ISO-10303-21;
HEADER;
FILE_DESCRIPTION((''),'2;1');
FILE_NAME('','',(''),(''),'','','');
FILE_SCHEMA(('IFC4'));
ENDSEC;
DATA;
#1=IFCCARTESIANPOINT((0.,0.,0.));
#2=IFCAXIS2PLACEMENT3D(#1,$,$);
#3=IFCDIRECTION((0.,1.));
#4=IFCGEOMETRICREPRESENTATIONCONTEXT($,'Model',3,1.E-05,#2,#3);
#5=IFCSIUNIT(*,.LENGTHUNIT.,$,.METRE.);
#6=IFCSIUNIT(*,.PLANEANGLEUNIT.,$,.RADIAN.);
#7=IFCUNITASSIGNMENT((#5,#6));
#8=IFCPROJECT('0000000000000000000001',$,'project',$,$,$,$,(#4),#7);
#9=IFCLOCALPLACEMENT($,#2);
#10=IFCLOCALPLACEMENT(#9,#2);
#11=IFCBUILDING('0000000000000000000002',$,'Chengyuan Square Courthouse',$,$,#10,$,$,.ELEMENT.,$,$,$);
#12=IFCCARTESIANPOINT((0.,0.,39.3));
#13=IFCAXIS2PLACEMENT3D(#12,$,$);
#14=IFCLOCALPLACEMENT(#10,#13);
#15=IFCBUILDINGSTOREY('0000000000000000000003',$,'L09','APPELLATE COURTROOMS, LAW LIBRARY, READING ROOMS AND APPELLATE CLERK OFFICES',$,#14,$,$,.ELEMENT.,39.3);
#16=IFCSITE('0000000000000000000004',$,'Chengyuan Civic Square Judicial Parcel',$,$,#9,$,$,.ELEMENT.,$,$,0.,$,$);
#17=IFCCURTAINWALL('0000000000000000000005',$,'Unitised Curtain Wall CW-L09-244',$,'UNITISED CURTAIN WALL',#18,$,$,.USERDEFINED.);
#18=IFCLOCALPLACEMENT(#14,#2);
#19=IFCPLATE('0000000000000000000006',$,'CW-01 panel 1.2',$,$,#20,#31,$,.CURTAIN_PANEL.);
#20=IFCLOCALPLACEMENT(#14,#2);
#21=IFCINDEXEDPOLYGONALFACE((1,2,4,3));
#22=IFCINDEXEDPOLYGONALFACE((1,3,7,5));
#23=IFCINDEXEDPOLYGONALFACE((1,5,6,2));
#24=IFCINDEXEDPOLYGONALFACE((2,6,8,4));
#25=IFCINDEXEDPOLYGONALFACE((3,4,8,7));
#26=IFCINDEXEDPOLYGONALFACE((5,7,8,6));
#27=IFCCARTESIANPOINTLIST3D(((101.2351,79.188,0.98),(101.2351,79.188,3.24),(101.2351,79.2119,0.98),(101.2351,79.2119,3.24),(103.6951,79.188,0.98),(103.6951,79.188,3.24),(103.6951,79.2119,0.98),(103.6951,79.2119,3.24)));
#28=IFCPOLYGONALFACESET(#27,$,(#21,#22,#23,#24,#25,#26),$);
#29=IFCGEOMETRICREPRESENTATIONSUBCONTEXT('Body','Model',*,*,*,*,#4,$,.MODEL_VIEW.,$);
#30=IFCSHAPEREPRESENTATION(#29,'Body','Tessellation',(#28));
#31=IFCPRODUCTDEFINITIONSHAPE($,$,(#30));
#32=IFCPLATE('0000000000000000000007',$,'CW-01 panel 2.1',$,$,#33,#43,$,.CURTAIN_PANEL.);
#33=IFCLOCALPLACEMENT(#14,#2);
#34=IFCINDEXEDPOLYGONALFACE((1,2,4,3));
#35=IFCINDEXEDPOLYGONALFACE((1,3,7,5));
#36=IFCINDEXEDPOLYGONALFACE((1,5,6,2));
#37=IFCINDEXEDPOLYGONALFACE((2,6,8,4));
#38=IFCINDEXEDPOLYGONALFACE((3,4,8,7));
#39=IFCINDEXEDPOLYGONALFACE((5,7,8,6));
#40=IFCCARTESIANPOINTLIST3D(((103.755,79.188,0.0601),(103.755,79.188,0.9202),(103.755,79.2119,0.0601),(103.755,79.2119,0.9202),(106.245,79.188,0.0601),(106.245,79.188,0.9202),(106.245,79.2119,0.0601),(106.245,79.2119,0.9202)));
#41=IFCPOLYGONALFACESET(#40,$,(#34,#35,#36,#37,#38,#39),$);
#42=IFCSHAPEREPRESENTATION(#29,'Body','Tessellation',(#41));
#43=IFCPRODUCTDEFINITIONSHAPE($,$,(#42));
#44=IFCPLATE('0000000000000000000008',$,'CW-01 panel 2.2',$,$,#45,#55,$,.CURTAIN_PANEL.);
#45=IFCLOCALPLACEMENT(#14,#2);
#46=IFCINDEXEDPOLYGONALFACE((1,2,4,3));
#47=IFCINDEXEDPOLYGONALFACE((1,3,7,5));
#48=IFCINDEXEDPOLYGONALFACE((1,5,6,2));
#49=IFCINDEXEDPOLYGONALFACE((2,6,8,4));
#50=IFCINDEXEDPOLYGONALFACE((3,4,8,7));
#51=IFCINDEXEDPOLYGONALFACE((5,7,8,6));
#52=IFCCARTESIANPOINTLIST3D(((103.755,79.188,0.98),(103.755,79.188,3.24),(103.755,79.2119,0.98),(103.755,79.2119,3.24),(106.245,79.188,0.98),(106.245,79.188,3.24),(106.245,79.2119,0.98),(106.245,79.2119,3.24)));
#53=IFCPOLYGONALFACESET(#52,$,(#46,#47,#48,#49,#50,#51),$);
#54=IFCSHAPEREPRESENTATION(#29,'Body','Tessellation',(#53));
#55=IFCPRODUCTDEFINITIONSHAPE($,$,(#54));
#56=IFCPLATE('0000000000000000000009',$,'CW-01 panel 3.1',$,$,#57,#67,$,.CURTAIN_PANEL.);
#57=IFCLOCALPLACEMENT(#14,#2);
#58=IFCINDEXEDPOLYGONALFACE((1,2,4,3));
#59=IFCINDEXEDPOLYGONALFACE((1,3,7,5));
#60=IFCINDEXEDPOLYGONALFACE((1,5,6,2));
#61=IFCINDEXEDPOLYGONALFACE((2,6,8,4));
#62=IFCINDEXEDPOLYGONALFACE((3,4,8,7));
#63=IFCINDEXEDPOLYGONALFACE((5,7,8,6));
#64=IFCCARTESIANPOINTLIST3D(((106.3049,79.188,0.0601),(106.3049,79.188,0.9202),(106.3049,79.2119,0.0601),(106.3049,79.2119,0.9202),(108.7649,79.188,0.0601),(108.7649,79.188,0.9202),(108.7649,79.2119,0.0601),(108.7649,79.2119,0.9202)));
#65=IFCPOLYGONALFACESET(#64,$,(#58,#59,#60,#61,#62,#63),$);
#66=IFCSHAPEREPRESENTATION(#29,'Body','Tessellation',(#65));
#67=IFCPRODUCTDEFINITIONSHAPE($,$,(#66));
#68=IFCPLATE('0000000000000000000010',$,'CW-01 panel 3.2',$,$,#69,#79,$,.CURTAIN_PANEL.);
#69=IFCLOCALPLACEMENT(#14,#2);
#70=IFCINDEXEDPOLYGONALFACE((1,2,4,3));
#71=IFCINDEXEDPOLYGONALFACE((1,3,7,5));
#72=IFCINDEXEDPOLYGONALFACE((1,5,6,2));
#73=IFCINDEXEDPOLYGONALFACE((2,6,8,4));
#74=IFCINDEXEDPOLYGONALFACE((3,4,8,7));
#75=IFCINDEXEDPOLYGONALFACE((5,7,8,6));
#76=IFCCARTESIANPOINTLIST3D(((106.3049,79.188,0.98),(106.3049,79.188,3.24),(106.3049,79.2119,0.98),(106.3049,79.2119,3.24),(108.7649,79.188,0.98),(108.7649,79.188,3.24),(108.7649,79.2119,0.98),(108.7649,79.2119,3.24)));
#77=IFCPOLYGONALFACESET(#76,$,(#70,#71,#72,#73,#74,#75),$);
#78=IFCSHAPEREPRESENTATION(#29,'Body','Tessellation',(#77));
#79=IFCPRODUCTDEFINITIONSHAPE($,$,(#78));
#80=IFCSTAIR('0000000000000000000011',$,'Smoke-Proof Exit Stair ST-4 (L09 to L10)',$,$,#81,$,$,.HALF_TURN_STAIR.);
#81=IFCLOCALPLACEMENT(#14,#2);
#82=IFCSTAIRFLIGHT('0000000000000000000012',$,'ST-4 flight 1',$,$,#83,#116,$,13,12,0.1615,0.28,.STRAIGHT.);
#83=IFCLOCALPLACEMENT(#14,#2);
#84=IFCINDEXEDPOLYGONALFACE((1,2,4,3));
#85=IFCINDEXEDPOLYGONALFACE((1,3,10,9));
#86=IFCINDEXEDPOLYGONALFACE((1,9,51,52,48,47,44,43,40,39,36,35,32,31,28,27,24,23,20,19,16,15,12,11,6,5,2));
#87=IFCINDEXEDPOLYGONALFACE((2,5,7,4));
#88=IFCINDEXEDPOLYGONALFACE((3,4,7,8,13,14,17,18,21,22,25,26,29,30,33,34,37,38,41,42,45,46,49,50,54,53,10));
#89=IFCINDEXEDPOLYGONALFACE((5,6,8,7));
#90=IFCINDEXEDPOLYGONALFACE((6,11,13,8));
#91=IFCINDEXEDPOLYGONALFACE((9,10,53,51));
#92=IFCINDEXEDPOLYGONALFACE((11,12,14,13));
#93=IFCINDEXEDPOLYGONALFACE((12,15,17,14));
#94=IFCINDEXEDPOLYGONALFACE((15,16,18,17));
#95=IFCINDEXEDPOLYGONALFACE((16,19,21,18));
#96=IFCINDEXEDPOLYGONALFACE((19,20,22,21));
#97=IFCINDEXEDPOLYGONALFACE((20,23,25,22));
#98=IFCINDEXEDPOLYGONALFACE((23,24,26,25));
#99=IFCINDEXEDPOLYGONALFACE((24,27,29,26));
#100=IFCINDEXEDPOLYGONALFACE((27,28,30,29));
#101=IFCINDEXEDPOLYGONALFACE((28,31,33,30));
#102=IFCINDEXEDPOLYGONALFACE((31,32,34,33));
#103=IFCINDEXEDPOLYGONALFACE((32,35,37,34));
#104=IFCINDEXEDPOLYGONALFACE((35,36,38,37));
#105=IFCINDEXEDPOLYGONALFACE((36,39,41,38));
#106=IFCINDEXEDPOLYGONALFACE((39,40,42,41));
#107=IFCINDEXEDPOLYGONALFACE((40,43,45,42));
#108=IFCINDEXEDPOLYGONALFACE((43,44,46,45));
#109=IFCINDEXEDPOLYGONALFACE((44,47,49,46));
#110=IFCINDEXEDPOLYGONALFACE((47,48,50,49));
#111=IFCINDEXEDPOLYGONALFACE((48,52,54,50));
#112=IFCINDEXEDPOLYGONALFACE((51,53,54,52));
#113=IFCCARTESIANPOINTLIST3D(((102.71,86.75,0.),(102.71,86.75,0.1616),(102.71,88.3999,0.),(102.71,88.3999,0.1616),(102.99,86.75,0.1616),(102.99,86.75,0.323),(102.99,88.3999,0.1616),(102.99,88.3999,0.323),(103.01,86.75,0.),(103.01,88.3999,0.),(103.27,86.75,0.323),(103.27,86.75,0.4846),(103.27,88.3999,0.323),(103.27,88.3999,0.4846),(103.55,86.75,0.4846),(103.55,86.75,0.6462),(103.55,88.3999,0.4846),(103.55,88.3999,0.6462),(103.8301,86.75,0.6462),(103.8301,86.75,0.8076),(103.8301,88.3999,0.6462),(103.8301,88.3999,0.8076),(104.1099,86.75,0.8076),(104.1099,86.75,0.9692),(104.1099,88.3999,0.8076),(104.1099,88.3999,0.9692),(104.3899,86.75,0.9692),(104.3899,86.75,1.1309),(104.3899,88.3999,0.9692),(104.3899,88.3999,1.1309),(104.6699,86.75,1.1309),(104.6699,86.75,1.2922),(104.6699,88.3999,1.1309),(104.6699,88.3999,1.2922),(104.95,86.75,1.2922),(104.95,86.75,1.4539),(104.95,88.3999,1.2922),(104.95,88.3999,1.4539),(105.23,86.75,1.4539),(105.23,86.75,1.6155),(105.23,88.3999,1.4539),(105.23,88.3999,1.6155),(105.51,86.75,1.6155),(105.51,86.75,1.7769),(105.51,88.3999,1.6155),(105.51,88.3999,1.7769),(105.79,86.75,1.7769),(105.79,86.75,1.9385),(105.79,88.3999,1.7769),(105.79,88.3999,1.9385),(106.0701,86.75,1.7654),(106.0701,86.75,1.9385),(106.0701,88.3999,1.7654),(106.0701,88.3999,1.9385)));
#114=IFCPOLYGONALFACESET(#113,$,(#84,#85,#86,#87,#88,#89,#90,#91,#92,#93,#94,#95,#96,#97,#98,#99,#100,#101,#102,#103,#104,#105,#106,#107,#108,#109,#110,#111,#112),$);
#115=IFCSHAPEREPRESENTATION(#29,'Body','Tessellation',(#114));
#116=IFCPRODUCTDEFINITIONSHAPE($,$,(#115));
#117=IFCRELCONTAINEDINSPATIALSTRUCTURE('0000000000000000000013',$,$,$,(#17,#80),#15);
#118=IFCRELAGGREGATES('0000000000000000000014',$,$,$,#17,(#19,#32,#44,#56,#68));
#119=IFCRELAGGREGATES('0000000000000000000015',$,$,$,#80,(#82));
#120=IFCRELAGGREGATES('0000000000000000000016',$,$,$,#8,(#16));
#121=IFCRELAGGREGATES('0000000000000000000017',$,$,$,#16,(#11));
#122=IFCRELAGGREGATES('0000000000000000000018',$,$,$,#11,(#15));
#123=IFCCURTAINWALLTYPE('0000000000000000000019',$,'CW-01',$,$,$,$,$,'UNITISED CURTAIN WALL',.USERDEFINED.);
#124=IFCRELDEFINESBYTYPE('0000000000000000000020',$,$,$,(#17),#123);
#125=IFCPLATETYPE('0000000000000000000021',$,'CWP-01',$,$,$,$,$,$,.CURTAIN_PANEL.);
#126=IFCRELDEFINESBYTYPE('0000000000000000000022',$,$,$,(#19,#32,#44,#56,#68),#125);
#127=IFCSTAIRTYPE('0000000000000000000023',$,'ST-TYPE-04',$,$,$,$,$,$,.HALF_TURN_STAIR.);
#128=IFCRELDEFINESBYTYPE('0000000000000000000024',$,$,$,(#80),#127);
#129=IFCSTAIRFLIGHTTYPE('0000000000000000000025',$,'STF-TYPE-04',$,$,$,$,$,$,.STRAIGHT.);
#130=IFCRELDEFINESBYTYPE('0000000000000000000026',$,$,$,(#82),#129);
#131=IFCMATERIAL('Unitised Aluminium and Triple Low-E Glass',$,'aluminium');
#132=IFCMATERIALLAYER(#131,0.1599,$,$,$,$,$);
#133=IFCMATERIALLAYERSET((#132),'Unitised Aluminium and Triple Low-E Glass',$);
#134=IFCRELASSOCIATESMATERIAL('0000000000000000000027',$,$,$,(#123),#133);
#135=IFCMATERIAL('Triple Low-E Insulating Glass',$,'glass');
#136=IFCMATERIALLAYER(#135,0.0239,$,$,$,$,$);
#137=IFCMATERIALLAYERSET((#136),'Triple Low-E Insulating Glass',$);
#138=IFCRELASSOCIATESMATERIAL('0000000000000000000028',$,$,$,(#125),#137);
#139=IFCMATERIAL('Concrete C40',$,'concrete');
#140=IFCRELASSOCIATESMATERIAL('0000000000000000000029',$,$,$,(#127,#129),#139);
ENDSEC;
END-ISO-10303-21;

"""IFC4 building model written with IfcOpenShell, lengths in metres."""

from ifc_helpers import new_model, si_unit, direction, frame, origin, origin_2d, place, context, subcontext, project, spatial, polyline, rectangle, outline, extrude, material, layer, layer_set, type_object, element, aggregate, save


model = new_model("IFC4")

# Units and contexts
model_context = context("Model", 3, precision=1e-05, world=origin(), true_north=direction((0.0, 1.0)))
body_context = subcontext(model_context, "Body", "Model", "MODEL_VIEW")
ifc_project = project(units=[si_unit("LENGTHUNIT", "METRE"), si_unit("PLANEANGLEUNIT", "RADIAN")], contexts=[model_context])

# Site, building, storey
site_placement = place(None, origin())
site = spatial("IfcSite", under=ifc_project, at=site_placement, Name="Chengyuan Civic Square Judicial Parcel", CompositionType="ELEMENT", RefElevation=0.0)
building_placement = place(site_placement, origin())
building = spatial("IfcBuilding", under=site, at=building_placement, Name="Chengyuan Square Courthouse", CompositionType="ELEMENT")
storey_placement = place(building_placement, frame((0.0, 0.0, 39.3)))
storey = spatial("IfcBuildingStorey", under=building, at=storey_placement, Name="L09", Description="APPELLATE COURTROOMS, LAW LIBRARY, READING ROOMS AND APPELLATE CLERK OFFICES", CompositionType="ELEMENT", Elevation=39.3)

# Curtain wall, plates
ifc_material_1 = material(Name="Unitised Aluminium and Triple Low-E Glass", Category="aluminium")
ifc_layer_1 = layer(ifc_material_1, 0.1599)
ifc_layer_set_1 = layer_set([ifc_layer_1], Name="Unitised Aluminium and Triple Low-E Glass")
curtain_wall_type = type_object("IfcCurtainWallType", Name="CW-01", ElementType="UNITISED CURTAIN WALL", PredefinedType="USERDEFINED", material=ifc_layer_set_1)
curtain_wall_placement = place(storey_placement, origin())
curtain_wall = element("IfcCurtainWall", 1, at=curtain_wall_placement, inside=storey, type_object=curtain_wall_type, Name="Unitised Curtain Wall CW-L09-244", ObjectType="UNITISED CURTAIN WALL", PredefinedType="USERDEFINED")
ifc_material_2 = material(Name="Triple Low-E Insulating Glass", Category="glass")
ifc_layer_2 = layer(ifc_material_2, 0.0239)
ifc_layer_set_2 = layer_set([ifc_layer_2], Name="Triple Low-E Insulating Glass")
plate_type = type_object("IfcPlateType", Name="CWP-01", PredefinedType="CURTAIN_PANEL", material=ifc_layer_set_2)
plate_1_placement = place(storey_placement, frame((102.4651, 79.2, 0.98), z_axis=(0.0, 0.0, 1.0), x_axis=(1.0, 0.0, 0.0)))
plate_1 = element("IfcPlate", 2, at=plate_1_placement, type_object=plate_type, Name="CW-01 panel 1.2", PredefinedType="CURTAIN_PANEL", context=body_context, shape_type="SweptSolid", body=[
    extrude(rectangle(XDim=2.46, YDim=0.0239, at=origin_2d()), origin(), (0.0, 0.0, 1.0), 2.26),
])
plate_2_placement = place(storey_placement, frame((105.0, 79.2, 0.0601), z_axis=(0.0, 0.0, 1.0), x_axis=(1.0, 0.0, 0.0)))
plate_2 = element("IfcPlate", 3, at=plate_2_placement, type_object=plate_type, Name="CW-01 panel 2.1", PredefinedType="CURTAIN_PANEL", context=body_context, shape_type="SweptSolid", body=[
    extrude(rectangle(XDim=2.49, YDim=0.0239, at=origin_2d()), origin(), (0.0, 0.0, 1.0), 0.8601),
])
plate_3_placement = place(storey_placement, frame((105.0, 79.2, 0.98), z_axis=(0.0, 0.0, 1.0), x_axis=(1.0, 0.0, 0.0)))
plate_3 = element("IfcPlate", 4, at=plate_3_placement, type_object=plate_type, Name="CW-01 panel 2.2", PredefinedType="CURTAIN_PANEL", context=body_context, shape_type="SweptSolid", body=[
    extrude(rectangle(XDim=2.49, YDim=0.0239, at=origin_2d()), origin(), (0.0, 0.0, 1.0), 2.26),
])
plate_4_placement = place(storey_placement, frame((107.5349, 79.2, 0.0601), z_axis=(0.0, 0.0, 1.0), x_axis=(1.0, 0.0, 0.0)))
plate_4 = element("IfcPlate", 5, at=plate_4_placement, type_object=plate_type, Name="CW-01 panel 3.1", PredefinedType="CURTAIN_PANEL", context=body_context, shape_type="SweptSolid", body=[
    extrude(rectangle(XDim=2.46, YDim=0.0239, at=origin_2d()), origin(), (0.0, 0.0, 1.0), 0.8601),
])
plate_5_placement = place(storey_placement, frame((107.5349, 79.2, 0.98), z_axis=(0.0, 0.0, 1.0), x_axis=(1.0, 0.0, 0.0)))
plate_5 = element("IfcPlate", 6, at=plate_5_placement, type_object=plate_type, Name="CW-01 panel 3.2", PredefinedType="CURTAIN_PANEL", context=body_context, shape_type="SweptSolid", body=[
    extrude(rectangle(XDim=2.46, YDim=0.0239, at=origin_2d()), origin(), (0.0, 0.0, 1.0), 2.26),
])
aggregate(curtain_wall, [plate_1, plate_2, plate_3, plate_4, plate_5])

# Stair, stair flight
ifc_material_3 = material(Name="Concrete C40", Category="concrete")
stair_type = type_object("IfcStairType", Name="ST-TYPE-04", PredefinedType="HALF_TURN_STAIR", material=ifc_material_3)
stair_placement = place(storey_placement, origin())
stair = element("IfcStair", 7, at=stair_placement, inside=storey, type_object=stair_type, Name="Smoke-Proof Exit Stair ST-4 (L09 to L10)", PredefinedType="HALF_TURN_STAIR")
stair_flight_type = type_object("IfcStairFlightType", Name="STF-TYPE-04", PredefinedType="STRAIGHT", material=ifc_material_3)
stair_flight_placement = place(storey_placement, frame((102.71, 87.575, 0.0), z_axis=(0.0, 0.0, 1.0), x_axis=(1.0, 0.0, 0.0)))
stair_flight = element("IfcStairFlight", 8, at=stair_flight_placement, type_object=stair_flight_type, Name="ST-4 flight 1", NumberOfRisers=13, NumberOfTreads=12, PredefinedType="STRAIGHT", RiserHeight=0.1615, TreadLength=0.28, context=body_context, shape_type="SweptSolid", body=[
    extrude(outline(polyline([(0.0, 0.0), (0.0, 0.1616), (0.28, 0.1616), (0.28, 0.323), (0.5601, 0.323), (0.5601, 0.4846), (0.8401, 0.4846), (0.8401, 0.6462), (1.1201, 0.6462), (1.1201, 0.8076), (1.3999, 0.8076), (1.3999, 0.9692), (1.6799, 0.9692), (1.6799, 1.1309), (1.96, 1.1309), (1.96, 1.2922), (2.24, 1.2922), (2.24, 1.4539), (2.52, 1.4539), (2.52, 1.6155), (2.8, 1.6155), (2.8, 1.7769), (3.0801, 1.7769), (3.0801, 1.9385), (3.3601, 1.9385), (3.3601, 2.1001), (3.3601, 1.7654), (0.3, 0.0), (0.0, 0.0)])), frame((0.0, 0.825, 0.0), z_axis=(0.0, -1.0, 0.0), x_axis=(1.0, 0.0, 0.0)), (0.0, 0.0, 1.0), 1.6499),
])
aggregate(stair, [stair_flight])

save(model, "model.ifc")
